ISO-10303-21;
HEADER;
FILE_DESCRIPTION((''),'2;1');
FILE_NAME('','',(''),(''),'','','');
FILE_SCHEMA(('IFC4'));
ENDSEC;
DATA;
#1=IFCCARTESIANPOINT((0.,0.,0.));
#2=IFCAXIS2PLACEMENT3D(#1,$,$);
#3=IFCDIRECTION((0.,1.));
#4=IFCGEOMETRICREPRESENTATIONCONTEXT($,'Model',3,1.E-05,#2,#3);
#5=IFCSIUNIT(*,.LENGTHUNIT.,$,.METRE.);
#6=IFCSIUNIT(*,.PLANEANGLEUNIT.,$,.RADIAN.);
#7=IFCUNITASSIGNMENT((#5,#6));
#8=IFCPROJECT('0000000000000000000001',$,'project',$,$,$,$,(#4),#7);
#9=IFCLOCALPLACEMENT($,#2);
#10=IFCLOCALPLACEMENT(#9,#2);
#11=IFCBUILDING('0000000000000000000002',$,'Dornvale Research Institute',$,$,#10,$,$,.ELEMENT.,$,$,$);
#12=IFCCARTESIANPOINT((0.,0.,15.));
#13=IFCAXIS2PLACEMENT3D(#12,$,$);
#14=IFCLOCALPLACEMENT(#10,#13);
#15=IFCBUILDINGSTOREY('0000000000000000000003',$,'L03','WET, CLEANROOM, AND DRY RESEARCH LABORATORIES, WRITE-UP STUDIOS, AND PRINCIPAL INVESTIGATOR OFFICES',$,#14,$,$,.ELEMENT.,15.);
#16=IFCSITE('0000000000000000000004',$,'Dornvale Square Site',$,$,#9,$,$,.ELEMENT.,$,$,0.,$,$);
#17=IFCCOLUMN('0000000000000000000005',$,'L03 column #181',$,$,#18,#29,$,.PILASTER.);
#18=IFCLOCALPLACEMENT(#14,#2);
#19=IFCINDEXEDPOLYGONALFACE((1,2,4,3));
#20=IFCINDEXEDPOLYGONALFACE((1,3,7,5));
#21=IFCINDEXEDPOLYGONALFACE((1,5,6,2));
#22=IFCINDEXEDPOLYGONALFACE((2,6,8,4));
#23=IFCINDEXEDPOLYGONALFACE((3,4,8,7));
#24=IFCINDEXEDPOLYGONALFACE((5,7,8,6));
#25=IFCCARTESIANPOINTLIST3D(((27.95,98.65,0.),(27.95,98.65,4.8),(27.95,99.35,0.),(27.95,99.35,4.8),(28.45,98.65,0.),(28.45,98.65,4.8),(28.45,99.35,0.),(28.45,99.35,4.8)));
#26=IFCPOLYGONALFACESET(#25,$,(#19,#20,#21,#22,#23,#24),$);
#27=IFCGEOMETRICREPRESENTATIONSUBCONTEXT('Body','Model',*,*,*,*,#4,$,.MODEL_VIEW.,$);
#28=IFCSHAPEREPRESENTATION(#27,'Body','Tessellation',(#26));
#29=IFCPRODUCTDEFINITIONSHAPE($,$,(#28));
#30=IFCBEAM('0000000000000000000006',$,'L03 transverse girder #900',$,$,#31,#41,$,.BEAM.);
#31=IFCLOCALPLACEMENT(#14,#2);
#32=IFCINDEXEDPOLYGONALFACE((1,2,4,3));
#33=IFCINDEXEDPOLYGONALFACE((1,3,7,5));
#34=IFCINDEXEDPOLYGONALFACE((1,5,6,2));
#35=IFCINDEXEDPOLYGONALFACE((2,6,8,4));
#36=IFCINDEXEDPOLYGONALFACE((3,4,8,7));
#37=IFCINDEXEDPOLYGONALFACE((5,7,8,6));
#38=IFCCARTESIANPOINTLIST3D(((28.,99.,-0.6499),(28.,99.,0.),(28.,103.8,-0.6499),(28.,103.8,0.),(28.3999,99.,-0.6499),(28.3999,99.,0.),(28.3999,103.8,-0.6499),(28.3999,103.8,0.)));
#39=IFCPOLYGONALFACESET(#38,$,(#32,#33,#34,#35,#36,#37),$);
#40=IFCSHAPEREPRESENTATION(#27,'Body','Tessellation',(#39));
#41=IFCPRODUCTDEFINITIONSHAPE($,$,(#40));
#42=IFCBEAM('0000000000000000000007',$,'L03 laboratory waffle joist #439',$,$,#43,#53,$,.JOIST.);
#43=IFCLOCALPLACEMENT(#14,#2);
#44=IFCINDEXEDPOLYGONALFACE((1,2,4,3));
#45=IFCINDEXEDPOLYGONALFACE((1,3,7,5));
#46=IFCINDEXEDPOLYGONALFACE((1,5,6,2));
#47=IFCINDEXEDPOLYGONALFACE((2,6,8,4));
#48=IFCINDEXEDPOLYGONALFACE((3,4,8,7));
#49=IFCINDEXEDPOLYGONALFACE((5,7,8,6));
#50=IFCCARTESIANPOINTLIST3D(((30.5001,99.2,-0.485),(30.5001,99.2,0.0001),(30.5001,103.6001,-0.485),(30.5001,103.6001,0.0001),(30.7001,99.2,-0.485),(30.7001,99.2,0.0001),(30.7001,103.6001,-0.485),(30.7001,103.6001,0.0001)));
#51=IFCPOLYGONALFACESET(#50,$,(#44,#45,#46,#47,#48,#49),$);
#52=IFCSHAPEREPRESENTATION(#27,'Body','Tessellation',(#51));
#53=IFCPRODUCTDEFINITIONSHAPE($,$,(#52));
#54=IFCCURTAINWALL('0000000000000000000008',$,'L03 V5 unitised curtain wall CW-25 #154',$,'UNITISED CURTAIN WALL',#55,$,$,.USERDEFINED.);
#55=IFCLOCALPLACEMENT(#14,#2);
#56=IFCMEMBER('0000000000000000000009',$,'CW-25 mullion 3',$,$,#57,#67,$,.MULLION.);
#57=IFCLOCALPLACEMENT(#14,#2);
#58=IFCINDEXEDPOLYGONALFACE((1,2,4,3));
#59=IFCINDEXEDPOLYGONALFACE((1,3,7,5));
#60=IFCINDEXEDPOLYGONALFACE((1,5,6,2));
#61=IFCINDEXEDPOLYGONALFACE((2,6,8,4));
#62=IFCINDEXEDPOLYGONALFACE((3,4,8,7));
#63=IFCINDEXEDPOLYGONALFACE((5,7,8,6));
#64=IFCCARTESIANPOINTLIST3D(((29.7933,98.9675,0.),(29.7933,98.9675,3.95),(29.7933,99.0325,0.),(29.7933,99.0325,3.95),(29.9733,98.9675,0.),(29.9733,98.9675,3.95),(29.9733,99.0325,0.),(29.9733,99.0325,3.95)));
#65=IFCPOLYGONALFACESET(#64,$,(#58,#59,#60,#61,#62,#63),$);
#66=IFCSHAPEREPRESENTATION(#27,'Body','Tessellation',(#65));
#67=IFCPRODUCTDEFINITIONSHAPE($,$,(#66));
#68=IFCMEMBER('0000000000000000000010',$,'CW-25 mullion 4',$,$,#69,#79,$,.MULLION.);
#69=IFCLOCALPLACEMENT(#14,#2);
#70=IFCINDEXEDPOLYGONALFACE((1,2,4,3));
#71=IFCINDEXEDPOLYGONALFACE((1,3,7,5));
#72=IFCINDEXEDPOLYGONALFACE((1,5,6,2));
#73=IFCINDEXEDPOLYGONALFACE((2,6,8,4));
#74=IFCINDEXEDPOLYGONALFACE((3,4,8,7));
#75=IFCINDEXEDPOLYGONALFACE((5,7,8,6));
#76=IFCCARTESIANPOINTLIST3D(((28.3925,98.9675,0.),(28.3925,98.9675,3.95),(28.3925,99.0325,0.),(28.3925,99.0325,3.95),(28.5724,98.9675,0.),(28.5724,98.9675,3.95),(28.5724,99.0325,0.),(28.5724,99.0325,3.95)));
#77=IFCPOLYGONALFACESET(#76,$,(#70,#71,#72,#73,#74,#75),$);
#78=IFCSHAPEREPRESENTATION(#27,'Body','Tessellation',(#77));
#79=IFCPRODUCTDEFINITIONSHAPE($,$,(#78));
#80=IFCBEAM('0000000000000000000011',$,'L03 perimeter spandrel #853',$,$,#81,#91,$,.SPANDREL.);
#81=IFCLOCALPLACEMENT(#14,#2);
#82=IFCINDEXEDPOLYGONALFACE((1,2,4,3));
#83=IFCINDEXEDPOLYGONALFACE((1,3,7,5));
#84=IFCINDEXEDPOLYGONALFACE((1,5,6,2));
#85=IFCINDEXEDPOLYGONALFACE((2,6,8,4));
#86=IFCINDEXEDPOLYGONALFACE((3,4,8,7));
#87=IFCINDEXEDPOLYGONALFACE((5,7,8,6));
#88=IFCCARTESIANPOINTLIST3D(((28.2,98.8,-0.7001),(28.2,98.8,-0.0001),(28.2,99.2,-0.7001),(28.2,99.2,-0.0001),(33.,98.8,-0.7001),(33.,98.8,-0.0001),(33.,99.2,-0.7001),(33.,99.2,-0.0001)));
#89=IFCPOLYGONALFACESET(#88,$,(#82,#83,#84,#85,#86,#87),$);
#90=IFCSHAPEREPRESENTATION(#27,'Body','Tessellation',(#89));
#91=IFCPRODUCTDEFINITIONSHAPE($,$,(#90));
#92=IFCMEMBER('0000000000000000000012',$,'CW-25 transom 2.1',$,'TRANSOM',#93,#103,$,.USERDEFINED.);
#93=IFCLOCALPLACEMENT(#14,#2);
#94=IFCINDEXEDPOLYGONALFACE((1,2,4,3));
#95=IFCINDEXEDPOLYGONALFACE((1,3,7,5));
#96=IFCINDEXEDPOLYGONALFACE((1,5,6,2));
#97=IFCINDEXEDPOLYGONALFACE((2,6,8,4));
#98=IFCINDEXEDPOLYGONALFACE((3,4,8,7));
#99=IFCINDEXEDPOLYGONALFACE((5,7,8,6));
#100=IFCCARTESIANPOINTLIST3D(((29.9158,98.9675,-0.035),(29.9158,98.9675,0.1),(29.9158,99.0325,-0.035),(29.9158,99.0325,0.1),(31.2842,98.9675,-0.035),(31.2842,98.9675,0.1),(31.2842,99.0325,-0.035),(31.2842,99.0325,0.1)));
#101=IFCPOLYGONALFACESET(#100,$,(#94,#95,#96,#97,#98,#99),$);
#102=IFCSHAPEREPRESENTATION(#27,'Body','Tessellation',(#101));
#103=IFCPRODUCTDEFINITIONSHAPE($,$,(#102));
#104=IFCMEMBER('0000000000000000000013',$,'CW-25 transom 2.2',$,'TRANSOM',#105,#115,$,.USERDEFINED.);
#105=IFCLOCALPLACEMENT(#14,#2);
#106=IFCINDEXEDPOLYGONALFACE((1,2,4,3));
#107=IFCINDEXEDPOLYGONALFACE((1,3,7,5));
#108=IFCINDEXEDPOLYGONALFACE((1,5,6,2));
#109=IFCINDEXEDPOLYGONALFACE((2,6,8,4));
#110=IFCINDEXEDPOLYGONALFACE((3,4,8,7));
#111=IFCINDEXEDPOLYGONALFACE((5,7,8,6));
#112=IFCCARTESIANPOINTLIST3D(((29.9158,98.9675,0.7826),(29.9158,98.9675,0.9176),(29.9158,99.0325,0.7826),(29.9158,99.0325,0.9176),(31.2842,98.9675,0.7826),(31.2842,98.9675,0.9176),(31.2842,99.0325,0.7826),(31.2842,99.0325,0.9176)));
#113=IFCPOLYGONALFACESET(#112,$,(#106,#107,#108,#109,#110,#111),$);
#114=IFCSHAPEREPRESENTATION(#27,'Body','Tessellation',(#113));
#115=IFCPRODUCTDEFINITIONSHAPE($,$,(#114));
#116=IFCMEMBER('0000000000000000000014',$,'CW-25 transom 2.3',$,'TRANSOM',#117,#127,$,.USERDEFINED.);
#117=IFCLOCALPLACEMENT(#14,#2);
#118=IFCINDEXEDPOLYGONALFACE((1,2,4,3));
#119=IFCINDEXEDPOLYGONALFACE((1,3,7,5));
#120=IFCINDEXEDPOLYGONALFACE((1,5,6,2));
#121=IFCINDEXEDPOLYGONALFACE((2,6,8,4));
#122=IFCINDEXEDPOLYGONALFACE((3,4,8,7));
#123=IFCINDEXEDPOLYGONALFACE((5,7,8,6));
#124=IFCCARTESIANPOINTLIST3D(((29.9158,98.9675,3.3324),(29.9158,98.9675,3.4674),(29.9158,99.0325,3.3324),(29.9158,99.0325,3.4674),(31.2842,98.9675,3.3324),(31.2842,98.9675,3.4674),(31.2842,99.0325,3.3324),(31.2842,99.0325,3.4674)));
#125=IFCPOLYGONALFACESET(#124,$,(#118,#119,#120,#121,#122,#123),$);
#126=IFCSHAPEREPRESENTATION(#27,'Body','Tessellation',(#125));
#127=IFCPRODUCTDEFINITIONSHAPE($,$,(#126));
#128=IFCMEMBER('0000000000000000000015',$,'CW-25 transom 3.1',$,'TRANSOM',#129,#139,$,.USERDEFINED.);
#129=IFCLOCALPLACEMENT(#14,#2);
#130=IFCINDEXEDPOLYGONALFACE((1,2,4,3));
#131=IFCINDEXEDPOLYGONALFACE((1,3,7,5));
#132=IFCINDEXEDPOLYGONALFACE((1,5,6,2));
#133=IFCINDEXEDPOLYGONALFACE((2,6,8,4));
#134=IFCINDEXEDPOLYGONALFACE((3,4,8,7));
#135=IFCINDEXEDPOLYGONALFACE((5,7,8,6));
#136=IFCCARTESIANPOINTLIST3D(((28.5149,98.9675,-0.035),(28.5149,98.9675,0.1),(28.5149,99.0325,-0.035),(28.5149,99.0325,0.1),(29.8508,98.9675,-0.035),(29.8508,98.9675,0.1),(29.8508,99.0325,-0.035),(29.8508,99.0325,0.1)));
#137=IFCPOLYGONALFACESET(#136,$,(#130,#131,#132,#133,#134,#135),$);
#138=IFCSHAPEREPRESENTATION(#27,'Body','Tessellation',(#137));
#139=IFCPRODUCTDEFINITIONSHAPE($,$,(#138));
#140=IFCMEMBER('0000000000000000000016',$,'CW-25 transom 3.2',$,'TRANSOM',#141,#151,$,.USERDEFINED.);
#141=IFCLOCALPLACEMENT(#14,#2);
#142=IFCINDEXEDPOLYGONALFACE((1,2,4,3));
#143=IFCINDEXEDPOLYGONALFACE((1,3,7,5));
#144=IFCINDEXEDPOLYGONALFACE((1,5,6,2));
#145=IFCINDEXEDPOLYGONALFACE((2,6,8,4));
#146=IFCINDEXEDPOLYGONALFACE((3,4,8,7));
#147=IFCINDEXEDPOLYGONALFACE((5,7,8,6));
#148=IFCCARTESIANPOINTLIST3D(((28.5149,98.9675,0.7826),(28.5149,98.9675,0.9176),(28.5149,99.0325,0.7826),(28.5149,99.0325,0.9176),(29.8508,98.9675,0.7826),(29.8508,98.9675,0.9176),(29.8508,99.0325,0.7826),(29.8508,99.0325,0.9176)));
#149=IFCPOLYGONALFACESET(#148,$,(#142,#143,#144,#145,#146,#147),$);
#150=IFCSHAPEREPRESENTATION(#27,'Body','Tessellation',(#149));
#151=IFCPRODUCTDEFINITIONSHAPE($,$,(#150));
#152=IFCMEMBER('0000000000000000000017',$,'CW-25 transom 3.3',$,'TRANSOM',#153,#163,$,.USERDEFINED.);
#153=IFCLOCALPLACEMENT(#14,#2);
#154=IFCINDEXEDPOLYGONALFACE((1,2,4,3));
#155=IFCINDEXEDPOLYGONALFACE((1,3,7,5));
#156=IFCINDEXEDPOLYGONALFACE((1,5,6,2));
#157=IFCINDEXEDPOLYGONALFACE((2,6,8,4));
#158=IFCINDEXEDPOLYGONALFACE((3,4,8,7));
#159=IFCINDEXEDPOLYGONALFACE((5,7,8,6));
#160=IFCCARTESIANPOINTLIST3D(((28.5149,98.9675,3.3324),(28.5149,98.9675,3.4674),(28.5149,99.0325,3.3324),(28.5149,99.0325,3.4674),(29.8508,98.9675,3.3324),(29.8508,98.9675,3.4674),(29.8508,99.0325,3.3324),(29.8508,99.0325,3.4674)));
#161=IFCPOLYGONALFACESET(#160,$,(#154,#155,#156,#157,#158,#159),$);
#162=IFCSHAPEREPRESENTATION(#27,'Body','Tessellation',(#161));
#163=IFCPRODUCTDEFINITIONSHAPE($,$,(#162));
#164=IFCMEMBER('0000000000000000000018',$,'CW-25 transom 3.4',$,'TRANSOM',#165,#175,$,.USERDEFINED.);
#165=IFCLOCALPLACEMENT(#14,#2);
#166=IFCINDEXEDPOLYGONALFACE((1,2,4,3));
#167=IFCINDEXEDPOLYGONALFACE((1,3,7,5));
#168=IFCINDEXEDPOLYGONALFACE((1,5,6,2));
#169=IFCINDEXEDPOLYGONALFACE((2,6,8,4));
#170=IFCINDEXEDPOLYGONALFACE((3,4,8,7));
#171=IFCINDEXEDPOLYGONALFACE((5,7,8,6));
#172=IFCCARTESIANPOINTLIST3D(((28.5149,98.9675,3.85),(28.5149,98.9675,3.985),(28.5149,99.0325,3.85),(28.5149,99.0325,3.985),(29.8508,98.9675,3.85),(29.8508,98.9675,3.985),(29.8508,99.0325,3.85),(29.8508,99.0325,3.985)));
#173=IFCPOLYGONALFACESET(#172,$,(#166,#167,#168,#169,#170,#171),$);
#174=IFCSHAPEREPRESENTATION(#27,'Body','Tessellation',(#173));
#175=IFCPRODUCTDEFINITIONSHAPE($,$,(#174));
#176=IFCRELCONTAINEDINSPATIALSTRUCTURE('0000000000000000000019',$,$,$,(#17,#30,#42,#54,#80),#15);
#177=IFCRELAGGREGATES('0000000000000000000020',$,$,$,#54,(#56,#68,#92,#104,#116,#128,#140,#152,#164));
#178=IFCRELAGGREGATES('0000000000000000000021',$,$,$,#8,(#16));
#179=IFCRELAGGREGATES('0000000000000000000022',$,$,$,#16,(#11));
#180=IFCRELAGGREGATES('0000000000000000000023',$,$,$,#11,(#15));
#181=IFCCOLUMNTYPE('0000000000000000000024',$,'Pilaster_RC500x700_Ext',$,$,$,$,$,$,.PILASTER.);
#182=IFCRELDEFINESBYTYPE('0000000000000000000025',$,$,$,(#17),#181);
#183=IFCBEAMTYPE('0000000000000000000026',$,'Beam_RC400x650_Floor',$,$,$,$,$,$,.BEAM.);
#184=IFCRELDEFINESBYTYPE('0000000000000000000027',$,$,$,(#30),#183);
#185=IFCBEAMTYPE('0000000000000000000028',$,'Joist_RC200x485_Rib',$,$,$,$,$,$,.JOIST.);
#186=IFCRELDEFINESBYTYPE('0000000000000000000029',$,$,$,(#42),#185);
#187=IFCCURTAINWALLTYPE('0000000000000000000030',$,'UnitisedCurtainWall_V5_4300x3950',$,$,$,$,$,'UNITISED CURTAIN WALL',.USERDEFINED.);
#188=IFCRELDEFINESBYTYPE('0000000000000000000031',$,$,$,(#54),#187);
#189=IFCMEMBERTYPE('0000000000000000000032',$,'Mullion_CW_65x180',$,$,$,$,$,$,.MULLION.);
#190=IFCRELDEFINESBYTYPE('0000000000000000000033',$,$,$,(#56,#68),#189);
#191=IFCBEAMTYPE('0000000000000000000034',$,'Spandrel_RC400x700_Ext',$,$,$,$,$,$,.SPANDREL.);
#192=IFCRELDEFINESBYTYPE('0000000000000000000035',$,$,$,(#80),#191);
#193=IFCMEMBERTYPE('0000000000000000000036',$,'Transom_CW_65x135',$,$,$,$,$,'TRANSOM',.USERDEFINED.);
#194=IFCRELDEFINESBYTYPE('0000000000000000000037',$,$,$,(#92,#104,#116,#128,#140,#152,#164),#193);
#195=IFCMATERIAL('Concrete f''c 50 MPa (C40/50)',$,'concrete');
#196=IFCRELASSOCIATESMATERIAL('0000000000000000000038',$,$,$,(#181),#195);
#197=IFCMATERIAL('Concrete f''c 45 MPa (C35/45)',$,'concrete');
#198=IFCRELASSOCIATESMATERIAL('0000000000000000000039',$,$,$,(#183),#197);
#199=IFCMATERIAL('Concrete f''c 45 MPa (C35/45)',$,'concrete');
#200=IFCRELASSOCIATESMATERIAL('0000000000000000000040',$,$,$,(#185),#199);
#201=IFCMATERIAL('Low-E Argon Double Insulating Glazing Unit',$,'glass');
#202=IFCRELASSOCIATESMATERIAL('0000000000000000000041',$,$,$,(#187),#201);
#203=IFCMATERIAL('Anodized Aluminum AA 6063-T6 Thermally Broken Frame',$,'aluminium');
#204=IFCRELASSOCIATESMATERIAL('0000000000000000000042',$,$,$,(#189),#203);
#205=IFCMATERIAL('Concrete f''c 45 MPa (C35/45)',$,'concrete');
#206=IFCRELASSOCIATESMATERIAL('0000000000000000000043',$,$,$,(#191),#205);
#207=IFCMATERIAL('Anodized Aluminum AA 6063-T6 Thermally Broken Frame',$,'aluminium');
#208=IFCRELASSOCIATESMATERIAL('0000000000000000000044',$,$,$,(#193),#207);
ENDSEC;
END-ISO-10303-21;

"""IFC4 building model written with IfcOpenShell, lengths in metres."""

from ifc_helpers import new_model, si_unit, direction, frame, origin, origin_2d, place, context, subcontext, project, spatial, rectangle, extrude, material, material_profile, profile_set, type_object, element, aggregate, save


model = new_model("IFC4")

# Units and contexts
model_context = context("Model", 3, precision=1e-05, world=origin(), true_north=direction((0.0, 1.0)))
body_context = subcontext(model_context, "Body", "Model", "MODEL_VIEW")
ifc_project = project(units=[si_unit("LENGTHUNIT", "METRE"), si_unit("PLANEANGLEUNIT", "RADIAN")], contexts=[model_context])

# Site, building, storey
site_placement = place(None, origin())
site = spatial("IfcSite", under=ifc_project, at=site_placement, Name="Dornvale Square Site", CompositionType="ELEMENT", RefElevation=0.0)
building_placement = place(site_placement, origin())
building = spatial("IfcBuilding", under=site, at=building_placement, Name="Dornvale Research Institute", CompositionType="ELEMENT")
storey_placement = place(building_placement, frame((0.0, 0.0, 15.0)))
storey = spatial("IfcBuildingStorey", under=building, at=storey_placement, Name="L03", Description="WET, CLEANROOM, AND DRY RESEARCH LABORATORIES, WRITE-UP STUDIOS, AND PRINCIPAL INVESTIGATOR OFFICES", CompositionType="ELEMENT", Elevation=15.0)

# Column
ifc_material_1 = material(Name="Concrete f'c 50 MPa (C40/50)", Category="concrete")
ifc_material_profile_1 = material_profile(ifc_material_1, rectangle(XDim=0.5, YDim=0.7, at=origin_2d()), Name="RC 500x700")
ifc_profile_set_1 = profile_set([ifc_material_profile_1], Name="Concrete f'c 50 MPa (C40/50)")
column_type = type_object("IfcColumnType", Name="Pilaster_RC500x700_Ext", PredefinedType="PILASTER", material=ifc_profile_set_1)
column_placement = place(storey_placement, frame((28.2, 99.0, 0.0), z_axis=(0.0, 0.0, 1.0), x_axis=(1.0, 0.0, 0.0)))
element("IfcColumn", 1, at=column_placement, inside=storey, type_object=column_type, Name="L03 column #181", PredefinedType="PILASTER", context=body_context, shape_type="SweptSolid", body=[
    extrude(rectangle(XDim=0.5, YDim=0.7, at=origin_2d()), origin(), (0.0, 0.0, 1.0), 4.8),
])

# Beams
ifc_material_2 = material(Name="Concrete f'c 45 MPa (C35/45)", Category="concrete")
ifc_material_profile_2 = material_profile(ifc_material_2, rectangle(XDim=0.3999, YDim=0.6499, at=origin_2d()), Name="RC 400x650")
ifc_profile_set_2 = profile_set([ifc_material_profile_2], Name="Concrete f'c 45 MPa (C35/45)")
beam_type_1 = type_object("IfcBeamType", Name="Beam_RC400x650_Floor", PredefinedType="BEAM", material=ifc_profile_set_2)
beam_1_placement = place(storey_placement, frame((28.2, 99.0, -0.325), z_axis=(0.0, 1.0, 0.0), x_axis=(-1.0, 0.0, 0.0)))
element("IfcBeam", 2, at=beam_1_placement, inside=storey, type_object=beam_type_1, Name="L03 transverse girder #900", PredefinedType="BEAM", context=body_context, shape_type="SweptSolid", body=[
    extrude(rectangle(XDim=0.3999, YDim=0.6499, at=origin_2d()), origin(), (0.0, 0.0, 1.0), 4.8),
])
ifc_material_3 = material(Name="Concrete f'c 45 MPa (C35/45)", Category="concrete")
ifc_material_profile_3 = material_profile(ifc_material_3, rectangle(XDim=0.2, YDim=0.4851, at=origin_2d()), Name="RC 200x485")
ifc_profile_set_3 = profile_set([ifc_material_profile_3], Name="Concrete f'c 45 MPa (C35/45)")
beam_type_2 = type_object("IfcBeamType", Name="Joist_RC200x485_Rib", PredefinedType="JOIST", material=ifc_profile_set_3)
beam_2_placement = place(storey_placement, frame((30.6001, 99.2, -0.2424), z_axis=(0.0, 1.0, 0.0), x_axis=(-1.0, 0.0, 0.0)))
element("IfcBeam", 3, at=beam_2_placement, inside=storey, type_object=beam_type_2, Name="L03 laboratory waffle joist #439", PredefinedType="JOIST", context=body_context, shape_type="SweptSolid", body=[
    extrude(rectangle(XDim=0.2, YDim=0.4851, at=origin_2d()), origin(), (0.0, 0.0, 1.0), 4.4001),
])

# Curtain wall, members
ifc_material_4 = material(Name="Low-E Argon Double Insulating Glazing Unit", Category="glass")
curtain_wall_type = type_object("IfcCurtainWallType", Name="UnitisedCurtainWall_V5_4300x3950", ElementType="UNITISED CURTAIN WALL", PredefinedType="USERDEFINED", material=ifc_material_4)
curtain_wall_placement = place(storey_placement, origin())
curtain_wall = element("IfcCurtainWall", 4, at=curtain_wall_placement, inside=storey, type_object=curtain_wall_type, Name="L03 V5 unitised curtain wall CW-25 #154", ObjectType="UNITISED CURTAIN WALL", PredefinedType="USERDEFINED")
ifc_material_5 = material(Name="Anodized Aluminum AA 6063-T6 Thermally Broken Frame", Category="aluminium")
ifc_material_profile_4 = material_profile(ifc_material_5, rectangle(XDim=0.0649, YDim=0.1799, at=origin_2d()), Name="ALU MULLION 65x180")
ifc_profile_set_4 = profile_set([ifc_material_profile_4], Name="Anodized Aluminum AA 6063-T6 Thermally Broken Frame")
member_type_1 = type_object("IfcMemberType", Name="Mullion_CW_65x180", PredefinedType="MULLION", material=ifc_profile_set_4)
member_1_placement = place(storey_placement, frame((29.8833, 99.0, 0.0), z_axis=(0.0, 0.0, 1.0), x_axis=(0.0, -1.0, 0.0)))
member_1 = element("IfcMember", 5, at=member_1_placement, type_object=member_type_1, Name="CW-25 mullion 3", PredefinedType="MULLION", context=body_context, shape_type="SweptSolid", body=[
    extrude(rectangle(XDim=0.0649, YDim=0.1799, at=origin_2d()), origin(), (0.0, 0.0, 1.0), 3.95),
])
member_2_placement = place(storey_placement, frame((28.4824, 99.0, 0.0), z_axis=(0.0, 0.0, 1.0), x_axis=(0.0, -1.0, 0.0)))
member_2 = element("IfcMember", 6, at=member_2_placement, type_object=member_type_1, Name="CW-25 mullion 4", PredefinedType="MULLION", context=body_context, shape_type="SweptSolid", body=[
    extrude(rectangle(XDim=0.0649, YDim=0.1799, at=origin_2d()), origin(), (0.0, 0.0, 1.0), 3.95),
])

# Beam
ifc_material_6 = material(Name="Concrete f'c 45 MPa (C35/45)", Category="concrete")
ifc_material_profile_5 = material_profile(ifc_material_6, rectangle(XDim=0.3999, YDim=0.7, at=origin_2d()), Name="RC 400x700")
ifc_profile_set_5 = profile_set([ifc_material_profile_5], Name="Concrete f'c 45 MPa (C35/45)")
beam_type_3 = type_object("IfcBeamType", Name="Spandrel_RC400x700_Ext", PredefinedType="SPANDREL", material=ifc_profile_set_5)
beam_3_placement = place(storey_placement, frame((28.2, 99.0, -0.3501), z_axis=(1.0, 0.0, 0.0), x_axis=(0.0, 1.0, 0.0)))
element("IfcBeam", 7, at=beam_3_placement, inside=storey, type_object=beam_type_3, Name="L03 perimeter spandrel #853", PredefinedType="SPANDREL", context=body_context, shape_type="SweptSolid", body=[
    extrude(rectangle(XDim=0.3999, YDim=0.7, at=origin_2d()), origin(), (0.0, 0.0, 1.0), 4.8),
])

# Members
ifc_material_7 = material(Name="Anodized Aluminum AA 6063-T6 Thermally Broken Frame", Category="aluminium")
ifc_material_profile_6 = material_profile(ifc_material_7, rectangle(XDim=0.0649, YDim=0.135, at=origin_2d()), Name="ALU TRANSOM 65x135")
ifc_profile_set_6 = profile_set([ifc_material_profile_6], Name="Anodized Aluminum AA 6063-T6 Thermally Broken Frame")
member_type_2 = type_object("IfcMemberType", Name="Transom_CW_65x135", ElementType="TRANSOM", PredefinedType="USERDEFINED", material=ifc_profile_set_6)
member_3_placement = place(storey_placement, frame((31.2842, 99.0, 0.0325), z_axis=(-1.0, 0.0, 0.0), x_axis=(0.0, -1.0, 0.0)))
member_3 = element("IfcMember", 8, at=member_3_placement, type_object=member_type_2, Name="CW-25 transom 2.1", ObjectType="TRANSOM", PredefinedType="USERDEFINED", context=body_context, shape_type="SweptSolid", body=[
    extrude(rectangle(XDim=0.0649, YDim=0.135, at=origin_2d()), origin(), (0.0, 0.0, 1.0), 1.3684),
])
member_4_placement = place(storey_placement, frame((31.2842, 99.0, 0.8501), z_axis=(-1.0, 0.0, 0.0), x_axis=(0.0, -1.0, 0.0)))
member_4 = element("IfcMember", 9, at=member_4_placement, type_object=member_type_2, Name="CW-25 transom 2.2", ObjectType="TRANSOM", PredefinedType="USERDEFINED", context=body_context, shape_type="SweptSolid", body=[
    extrude(rectangle(XDim=0.0649, YDim=0.135, at=origin_2d()), origin(), (0.0, 0.0, 1.0), 1.3684),
])
member_5_placement = place(storey_placement, frame((31.2842, 99.0, 3.3999), z_axis=(-1.0, 0.0, 0.0), x_axis=(0.0, -1.0, 0.0)))
member_5 = element("IfcMember", 10, at=member_5_placement, type_object=member_type_2, Name="CW-25 transom 2.3", ObjectType="TRANSOM", PredefinedType="USERDEFINED", context=body_context, shape_type="SweptSolid", body=[
    extrude(rectangle(XDim=0.0649, YDim=0.135, at=origin_2d()), origin(), (0.0, 0.0, 1.0), 1.3684),
])
member_6_placement = place(storey_placement, frame((29.8508, 99.0, 0.0325), z_axis=(-1.0, 0.0, 0.0), x_axis=(0.0, -1.0, 0.0)))
member_6 = element("IfcMember", 11, at=member_6_placement, type_object=member_type_2, Name="CW-25 transom 3.1", ObjectType="TRANSOM", PredefinedType="USERDEFINED", context=body_context, shape_type="SweptSolid", body=[
    extrude(rectangle(XDim=0.0649, YDim=0.135, at=origin_2d()), origin(), (0.0, 0.0, 1.0), 1.3359),
])
member_7_placement = place(storey_placement, frame((29.8508, 99.0, 0.8501), z_axis=(-1.0, 0.0, 0.0), x_axis=(0.0, -1.0, 0.0)))
member_7 = element("IfcMember", 12, at=member_7_placement, type_object=member_type_2, Name="CW-25 transom 3.2", ObjectType="TRANSOM", PredefinedType="USERDEFINED", context=body_context, shape_type="SweptSolid", body=[
    extrude(rectangle(XDim=0.0649, YDim=0.135, at=origin_2d()), origin(), (0.0, 0.0, 1.0), 1.3359),
])
member_8_placement = place(storey_placement, frame((29.8508, 99.0, 3.3999), z_axis=(-1.0, 0.0, 0.0), x_axis=(0.0, -1.0, 0.0)))
member_8 = element("IfcMember", 13, at=member_8_placement, type_object=member_type_2, Name="CW-25 transom 3.3", ObjectType="TRANSOM", PredefinedType="USERDEFINED", context=body_context, shape_type="SweptSolid", body=[
    extrude(rectangle(XDim=0.0649, YDim=0.135, at=origin_2d()), origin(), (0.0, 0.0, 1.0), 1.3359),
])
member_9_placement = place(storey_placement, frame((29.8508, 99.0, 3.9175), z_axis=(-1.0, 0.0, 0.0), x_axis=(0.0, -1.0, 0.0)))
member_9 = element("IfcMember", 14, at=member_9_placement, type_object=member_type_2, Name="CW-25 transom 3.4", ObjectType="TRANSOM", PredefinedType="USERDEFINED", context=body_context, shape_type="SweptSolid", body=[
    extrude(rectangle(XDim=0.0649, YDim=0.135, at=origin_2d()), origin(), (0.0, 0.0, 1.0), 1.3359),
])

aggregate(curtain_wall, [member_1, member_2, member_3, member_4, member_5, member_6, member_7, member_8, member_9])

save(model, "model.ifc")
